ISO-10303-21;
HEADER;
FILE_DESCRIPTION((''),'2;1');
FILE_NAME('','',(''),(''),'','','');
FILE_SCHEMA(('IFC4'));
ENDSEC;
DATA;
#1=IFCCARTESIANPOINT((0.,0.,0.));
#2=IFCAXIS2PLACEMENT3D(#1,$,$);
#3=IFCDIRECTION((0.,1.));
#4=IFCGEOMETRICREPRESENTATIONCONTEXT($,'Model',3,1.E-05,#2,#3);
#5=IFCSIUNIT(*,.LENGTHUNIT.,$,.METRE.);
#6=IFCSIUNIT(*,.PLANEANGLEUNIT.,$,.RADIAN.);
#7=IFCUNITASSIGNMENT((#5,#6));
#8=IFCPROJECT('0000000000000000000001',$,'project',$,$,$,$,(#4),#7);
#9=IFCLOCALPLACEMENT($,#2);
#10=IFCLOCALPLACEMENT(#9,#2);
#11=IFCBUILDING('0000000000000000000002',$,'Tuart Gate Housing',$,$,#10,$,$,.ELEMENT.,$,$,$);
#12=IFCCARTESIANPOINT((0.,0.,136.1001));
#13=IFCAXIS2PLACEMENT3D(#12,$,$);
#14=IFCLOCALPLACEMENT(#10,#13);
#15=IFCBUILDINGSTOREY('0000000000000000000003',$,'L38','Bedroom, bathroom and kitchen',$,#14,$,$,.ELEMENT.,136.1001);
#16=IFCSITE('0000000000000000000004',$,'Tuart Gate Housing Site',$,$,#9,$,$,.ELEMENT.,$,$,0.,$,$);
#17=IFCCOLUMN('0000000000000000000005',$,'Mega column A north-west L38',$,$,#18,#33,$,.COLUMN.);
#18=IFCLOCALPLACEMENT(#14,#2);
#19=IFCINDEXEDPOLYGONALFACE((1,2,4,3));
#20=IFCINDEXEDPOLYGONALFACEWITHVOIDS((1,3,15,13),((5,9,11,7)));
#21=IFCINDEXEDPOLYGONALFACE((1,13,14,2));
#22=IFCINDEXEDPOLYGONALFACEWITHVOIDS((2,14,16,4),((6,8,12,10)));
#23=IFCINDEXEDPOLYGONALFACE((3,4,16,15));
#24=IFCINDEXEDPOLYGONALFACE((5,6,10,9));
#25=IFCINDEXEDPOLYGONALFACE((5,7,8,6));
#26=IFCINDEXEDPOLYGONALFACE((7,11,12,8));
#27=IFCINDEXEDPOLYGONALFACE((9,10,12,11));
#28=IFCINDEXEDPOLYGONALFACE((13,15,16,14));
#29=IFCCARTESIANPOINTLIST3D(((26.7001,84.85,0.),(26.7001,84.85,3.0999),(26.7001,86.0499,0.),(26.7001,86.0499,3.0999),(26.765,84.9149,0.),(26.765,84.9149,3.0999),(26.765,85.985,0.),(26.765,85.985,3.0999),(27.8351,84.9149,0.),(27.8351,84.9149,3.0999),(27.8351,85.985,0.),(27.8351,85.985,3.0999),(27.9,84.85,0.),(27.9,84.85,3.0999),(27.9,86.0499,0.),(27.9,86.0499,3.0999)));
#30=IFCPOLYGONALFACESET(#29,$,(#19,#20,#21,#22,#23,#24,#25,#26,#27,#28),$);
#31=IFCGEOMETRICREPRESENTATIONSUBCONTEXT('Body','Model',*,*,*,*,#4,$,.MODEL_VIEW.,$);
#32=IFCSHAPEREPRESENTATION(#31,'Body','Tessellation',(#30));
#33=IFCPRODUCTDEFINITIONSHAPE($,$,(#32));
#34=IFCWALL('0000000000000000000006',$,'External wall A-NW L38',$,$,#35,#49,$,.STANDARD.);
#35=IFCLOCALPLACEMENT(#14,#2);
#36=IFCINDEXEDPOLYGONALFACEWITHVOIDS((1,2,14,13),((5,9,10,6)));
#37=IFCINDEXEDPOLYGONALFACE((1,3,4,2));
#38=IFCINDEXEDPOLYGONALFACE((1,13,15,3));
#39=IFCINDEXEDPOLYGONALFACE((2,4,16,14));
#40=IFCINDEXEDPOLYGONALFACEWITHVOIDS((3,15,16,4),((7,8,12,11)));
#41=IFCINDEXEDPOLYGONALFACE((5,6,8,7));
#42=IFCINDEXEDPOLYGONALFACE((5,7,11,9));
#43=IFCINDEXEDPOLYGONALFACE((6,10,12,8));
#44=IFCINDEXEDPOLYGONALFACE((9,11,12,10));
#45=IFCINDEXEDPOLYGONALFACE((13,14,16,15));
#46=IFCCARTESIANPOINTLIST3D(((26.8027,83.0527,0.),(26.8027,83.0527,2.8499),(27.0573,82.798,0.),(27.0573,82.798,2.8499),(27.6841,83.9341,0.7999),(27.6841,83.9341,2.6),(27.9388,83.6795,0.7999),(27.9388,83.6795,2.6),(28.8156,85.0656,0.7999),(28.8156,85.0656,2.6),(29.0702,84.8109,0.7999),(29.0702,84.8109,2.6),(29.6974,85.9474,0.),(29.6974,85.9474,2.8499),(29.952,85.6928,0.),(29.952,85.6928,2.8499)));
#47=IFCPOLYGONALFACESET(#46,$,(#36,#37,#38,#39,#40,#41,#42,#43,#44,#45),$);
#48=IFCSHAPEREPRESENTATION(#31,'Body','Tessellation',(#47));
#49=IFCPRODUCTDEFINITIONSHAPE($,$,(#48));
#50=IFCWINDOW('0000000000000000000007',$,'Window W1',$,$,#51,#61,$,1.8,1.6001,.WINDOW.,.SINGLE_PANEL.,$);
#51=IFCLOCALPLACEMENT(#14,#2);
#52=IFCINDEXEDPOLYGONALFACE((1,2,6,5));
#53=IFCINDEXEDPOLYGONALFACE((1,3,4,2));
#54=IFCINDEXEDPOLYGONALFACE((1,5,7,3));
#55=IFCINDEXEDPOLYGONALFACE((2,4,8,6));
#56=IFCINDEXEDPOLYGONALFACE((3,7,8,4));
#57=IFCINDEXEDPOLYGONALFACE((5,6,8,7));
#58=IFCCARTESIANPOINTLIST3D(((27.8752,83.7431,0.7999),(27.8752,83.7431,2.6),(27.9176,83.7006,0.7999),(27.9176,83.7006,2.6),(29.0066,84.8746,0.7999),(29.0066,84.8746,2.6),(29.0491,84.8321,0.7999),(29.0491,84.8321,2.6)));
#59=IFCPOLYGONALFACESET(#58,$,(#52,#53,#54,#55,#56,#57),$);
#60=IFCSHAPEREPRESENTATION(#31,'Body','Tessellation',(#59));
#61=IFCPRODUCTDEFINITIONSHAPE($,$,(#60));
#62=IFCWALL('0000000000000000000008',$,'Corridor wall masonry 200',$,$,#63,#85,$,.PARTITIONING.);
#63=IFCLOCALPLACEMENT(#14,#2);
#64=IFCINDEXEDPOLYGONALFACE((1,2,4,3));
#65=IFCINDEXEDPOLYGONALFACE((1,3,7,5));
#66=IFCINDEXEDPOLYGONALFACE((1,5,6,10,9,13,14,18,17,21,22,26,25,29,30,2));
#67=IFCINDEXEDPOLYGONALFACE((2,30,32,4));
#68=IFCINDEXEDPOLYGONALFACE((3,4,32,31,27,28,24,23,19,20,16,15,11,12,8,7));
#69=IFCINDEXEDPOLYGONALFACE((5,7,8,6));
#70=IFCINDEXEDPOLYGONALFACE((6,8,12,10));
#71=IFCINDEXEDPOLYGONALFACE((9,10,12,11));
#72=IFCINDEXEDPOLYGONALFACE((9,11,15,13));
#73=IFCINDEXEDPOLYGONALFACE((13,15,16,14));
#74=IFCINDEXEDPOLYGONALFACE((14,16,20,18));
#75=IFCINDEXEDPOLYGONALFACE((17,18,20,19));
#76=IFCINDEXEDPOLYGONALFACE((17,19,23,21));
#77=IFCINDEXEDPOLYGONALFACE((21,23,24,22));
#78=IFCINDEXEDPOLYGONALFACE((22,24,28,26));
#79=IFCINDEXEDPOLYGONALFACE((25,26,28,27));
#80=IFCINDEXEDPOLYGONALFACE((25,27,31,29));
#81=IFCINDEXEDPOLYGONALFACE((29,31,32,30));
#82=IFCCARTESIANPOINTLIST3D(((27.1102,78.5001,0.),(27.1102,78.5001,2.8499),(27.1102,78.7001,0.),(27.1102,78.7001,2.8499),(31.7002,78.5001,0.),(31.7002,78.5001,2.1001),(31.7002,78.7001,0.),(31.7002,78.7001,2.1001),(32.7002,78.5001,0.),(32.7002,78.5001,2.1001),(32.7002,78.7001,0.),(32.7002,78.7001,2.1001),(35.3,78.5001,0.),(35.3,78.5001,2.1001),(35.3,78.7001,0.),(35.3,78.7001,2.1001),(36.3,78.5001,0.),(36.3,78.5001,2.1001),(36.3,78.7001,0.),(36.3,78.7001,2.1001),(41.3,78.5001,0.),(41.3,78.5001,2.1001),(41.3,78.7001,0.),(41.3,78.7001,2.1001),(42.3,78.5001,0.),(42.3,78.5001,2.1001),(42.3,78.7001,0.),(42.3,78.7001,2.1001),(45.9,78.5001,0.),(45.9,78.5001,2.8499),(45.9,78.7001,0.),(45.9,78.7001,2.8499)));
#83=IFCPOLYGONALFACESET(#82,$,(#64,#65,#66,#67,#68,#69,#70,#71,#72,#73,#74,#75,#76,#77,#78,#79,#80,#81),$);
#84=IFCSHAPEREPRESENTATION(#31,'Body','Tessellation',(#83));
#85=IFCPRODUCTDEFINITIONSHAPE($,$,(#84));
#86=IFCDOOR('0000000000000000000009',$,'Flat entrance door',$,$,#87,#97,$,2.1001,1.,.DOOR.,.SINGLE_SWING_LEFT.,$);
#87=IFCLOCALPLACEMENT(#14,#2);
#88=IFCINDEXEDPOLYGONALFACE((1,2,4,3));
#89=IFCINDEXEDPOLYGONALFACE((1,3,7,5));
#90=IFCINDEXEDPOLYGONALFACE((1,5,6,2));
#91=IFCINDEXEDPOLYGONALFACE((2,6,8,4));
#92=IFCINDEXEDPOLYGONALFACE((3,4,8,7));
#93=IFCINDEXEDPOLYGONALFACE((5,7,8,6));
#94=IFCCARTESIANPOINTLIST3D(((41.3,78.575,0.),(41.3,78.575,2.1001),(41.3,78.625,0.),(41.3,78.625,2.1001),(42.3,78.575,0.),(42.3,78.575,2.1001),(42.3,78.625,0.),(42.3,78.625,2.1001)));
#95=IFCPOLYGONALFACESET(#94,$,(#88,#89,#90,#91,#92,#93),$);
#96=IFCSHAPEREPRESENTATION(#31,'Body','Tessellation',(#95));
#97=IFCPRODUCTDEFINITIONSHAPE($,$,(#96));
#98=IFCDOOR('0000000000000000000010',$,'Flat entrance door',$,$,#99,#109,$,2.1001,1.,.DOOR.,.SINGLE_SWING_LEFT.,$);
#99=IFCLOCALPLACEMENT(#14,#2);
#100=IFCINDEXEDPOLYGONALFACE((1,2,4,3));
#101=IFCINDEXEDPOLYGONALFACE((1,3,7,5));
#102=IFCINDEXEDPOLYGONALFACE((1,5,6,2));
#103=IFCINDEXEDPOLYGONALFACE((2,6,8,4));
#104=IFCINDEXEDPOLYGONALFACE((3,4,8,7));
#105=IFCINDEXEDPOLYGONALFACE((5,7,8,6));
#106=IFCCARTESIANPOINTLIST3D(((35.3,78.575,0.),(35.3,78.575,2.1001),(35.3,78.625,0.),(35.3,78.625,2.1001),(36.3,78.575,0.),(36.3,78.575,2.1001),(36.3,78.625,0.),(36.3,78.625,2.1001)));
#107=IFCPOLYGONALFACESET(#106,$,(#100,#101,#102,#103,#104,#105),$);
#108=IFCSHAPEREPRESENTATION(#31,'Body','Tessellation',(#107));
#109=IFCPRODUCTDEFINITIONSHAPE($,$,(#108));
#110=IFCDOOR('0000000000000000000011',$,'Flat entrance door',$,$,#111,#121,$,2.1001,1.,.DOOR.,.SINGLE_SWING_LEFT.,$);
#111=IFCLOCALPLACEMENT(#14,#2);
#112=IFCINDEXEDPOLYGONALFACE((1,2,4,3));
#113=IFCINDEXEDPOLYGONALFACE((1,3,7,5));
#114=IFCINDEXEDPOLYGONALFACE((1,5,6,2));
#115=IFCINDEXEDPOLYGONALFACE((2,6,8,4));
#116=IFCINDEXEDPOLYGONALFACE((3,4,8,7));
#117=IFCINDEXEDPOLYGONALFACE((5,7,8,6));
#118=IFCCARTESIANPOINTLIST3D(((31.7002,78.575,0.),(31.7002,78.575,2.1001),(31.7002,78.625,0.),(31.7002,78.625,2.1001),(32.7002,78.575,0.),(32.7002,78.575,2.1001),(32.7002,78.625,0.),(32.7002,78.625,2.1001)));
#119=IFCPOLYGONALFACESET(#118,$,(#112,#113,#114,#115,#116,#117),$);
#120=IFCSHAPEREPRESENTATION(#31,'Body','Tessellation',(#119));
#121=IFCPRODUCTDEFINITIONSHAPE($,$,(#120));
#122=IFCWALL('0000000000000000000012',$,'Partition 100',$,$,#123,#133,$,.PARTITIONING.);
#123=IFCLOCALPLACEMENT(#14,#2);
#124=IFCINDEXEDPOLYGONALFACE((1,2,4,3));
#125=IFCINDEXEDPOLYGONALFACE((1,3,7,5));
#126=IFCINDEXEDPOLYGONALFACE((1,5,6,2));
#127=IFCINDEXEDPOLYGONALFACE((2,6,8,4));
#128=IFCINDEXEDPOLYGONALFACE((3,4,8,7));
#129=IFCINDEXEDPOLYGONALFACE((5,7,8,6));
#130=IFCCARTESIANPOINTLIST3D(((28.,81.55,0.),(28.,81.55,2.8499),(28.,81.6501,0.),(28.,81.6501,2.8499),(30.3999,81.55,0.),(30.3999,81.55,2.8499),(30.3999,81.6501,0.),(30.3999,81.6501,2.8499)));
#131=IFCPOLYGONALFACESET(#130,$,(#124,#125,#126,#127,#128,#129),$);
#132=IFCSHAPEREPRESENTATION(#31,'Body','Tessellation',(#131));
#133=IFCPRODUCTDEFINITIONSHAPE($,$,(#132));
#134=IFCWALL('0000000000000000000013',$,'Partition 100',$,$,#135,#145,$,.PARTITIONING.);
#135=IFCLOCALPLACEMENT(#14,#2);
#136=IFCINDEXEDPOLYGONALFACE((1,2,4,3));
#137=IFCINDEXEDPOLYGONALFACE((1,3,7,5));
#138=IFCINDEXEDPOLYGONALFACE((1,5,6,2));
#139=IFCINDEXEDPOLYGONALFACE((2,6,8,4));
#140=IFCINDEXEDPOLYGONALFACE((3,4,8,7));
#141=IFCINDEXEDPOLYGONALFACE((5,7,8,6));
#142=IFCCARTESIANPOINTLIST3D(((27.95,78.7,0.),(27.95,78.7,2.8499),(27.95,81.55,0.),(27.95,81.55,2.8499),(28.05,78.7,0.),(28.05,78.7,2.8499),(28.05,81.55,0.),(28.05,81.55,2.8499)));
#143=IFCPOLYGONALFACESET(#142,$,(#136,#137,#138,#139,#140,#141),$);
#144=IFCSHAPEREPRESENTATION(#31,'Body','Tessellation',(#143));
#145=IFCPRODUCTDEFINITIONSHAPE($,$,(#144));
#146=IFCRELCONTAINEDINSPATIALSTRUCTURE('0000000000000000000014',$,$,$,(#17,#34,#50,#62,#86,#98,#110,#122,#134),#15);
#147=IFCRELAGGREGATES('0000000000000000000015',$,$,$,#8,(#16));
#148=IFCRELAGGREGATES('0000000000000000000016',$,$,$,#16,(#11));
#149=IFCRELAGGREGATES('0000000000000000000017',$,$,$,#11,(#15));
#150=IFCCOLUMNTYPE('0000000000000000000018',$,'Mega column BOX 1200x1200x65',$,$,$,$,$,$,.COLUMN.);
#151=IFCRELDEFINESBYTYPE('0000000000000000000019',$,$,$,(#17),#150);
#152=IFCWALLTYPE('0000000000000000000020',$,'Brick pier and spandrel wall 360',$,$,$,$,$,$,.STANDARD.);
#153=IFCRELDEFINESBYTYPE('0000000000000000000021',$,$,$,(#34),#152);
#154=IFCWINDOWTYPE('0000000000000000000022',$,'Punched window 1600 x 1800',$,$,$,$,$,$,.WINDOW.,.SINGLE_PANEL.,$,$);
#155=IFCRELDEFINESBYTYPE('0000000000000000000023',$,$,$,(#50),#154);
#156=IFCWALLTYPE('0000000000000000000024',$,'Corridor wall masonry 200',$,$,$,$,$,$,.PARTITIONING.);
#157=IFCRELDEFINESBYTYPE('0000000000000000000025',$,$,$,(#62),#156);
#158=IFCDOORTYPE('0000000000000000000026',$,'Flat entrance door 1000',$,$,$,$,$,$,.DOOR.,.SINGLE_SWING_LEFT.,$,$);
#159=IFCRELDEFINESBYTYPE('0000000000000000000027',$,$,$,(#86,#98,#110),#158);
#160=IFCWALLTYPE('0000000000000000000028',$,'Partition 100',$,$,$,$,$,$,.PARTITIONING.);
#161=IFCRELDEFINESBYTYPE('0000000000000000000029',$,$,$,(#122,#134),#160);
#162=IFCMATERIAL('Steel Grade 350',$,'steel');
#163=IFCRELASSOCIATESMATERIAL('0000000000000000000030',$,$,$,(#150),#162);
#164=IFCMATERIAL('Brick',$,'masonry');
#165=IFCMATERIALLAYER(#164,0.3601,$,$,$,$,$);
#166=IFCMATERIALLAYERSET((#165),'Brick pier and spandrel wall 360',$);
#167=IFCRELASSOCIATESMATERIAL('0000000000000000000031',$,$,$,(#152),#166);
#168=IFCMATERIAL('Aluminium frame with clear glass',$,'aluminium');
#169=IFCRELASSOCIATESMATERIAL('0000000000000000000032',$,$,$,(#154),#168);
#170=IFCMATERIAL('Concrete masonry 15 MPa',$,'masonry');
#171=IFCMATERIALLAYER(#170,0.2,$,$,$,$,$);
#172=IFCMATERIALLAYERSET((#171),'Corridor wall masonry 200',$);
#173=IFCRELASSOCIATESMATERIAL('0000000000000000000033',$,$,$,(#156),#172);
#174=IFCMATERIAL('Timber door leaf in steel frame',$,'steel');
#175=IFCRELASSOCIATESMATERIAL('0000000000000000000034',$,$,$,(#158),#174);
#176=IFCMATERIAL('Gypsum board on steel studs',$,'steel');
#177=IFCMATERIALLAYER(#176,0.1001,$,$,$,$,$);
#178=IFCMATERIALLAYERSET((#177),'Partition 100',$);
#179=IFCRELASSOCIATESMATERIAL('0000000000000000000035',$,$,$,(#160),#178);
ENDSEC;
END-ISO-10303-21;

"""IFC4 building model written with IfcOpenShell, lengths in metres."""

from ifc_helpers import new_model, si_unit, direction, frame, frame_2d, origin, origin_2d, place, context, subcontext, project, spatial, rectangle, hollow_rectangle, extrude, material, layer, layer_set, material_profile, profile_set, type_object, element, fill, save


model = new_model("IFC4")

# Units and contexts
model_context = context("Model", 3, precision=1e-05, world=origin(), true_north=direction((0.0, 1.0)))
body_context = subcontext(model_context, "Body", "Model", "MODEL_VIEW")
ifc_project = project(units=[si_unit("LENGTHUNIT", "METRE"), si_unit("PLANEANGLEUNIT", "RADIAN")], contexts=[model_context])

# Site, building, storey
site_placement = place(None, origin())
site = spatial("IfcSite", under=ifc_project, at=site_placement, Name="Tuart Gate Housing Site", CompositionType="ELEMENT", RefElevation=0.0)
building_placement = place(site_placement, origin())
building = spatial("IfcBuilding", under=site, at=building_placement, Name="Tuart Gate Housing", CompositionType="ELEMENT")
storey_placement = place(building_placement, frame((0.0, 0.0, 136.1001)))
storey = spatial("IfcBuildingStorey", under=building, at=storey_placement, Name="L38", Description="Bedroom, bathroom and kitchen", CompositionType="ELEMENT", Elevation=136.1001)

# Column
ifc_material_1 = material(Name="Steel Grade 350", Category="steel")
ifc_material_profile = material_profile(ifc_material_1, hollow_rectangle(XDim=1.2, YDim=1.2, WallThickness=0.0649, at=origin_2d()), Name="BOX 1200x1200x65")
ifc_profile_set = profile_set([ifc_material_profile], Name="Steel Grade 350")
column_type = type_object("IfcColumnType", Name="Mega column BOX 1200x1200x65", PredefinedType="COLUMN", material=ifc_profile_set)
column_placement = place(storey_placement, frame((27.3, 85.45, 0.0), z_axis=(0.0, 0.0, 1.0), x_axis=(1.0, 0.0, 0.0)))
element("IfcColumn", 1, at=column_placement, inside=storey, type_object=column_type, Name="Mega column A north-west L38", PredefinedType="COLUMN", context=body_context, shape_type="SweptSolid", body=[
    extrude(hollow_rectangle(XDim=1.2, YDim=1.2, WallThickness=0.0649, at=origin_2d()), origin(), (0.0, 0.0, 1.0), 3.0999),
])

# Wall, opening, window
ifc_material_2 = material(Name="Brick", Category="masonry")
ifc_layer_1 = layer(ifc_material_2, 0.3601)
ifc_layer_set_1 = layer_set([ifc_layer_1], Name="Brick pier and spandrel wall 360")
wall_type_1 = type_object("IfcWallType", Name="Brick pier and spandrel wall 360", PredefinedType="STANDARD", material=ifc_layer_set_1)
wall_1_placement = place(storey_placement, frame((29.8247, 85.8201, 0.0), z_axis=(0.0, 0.0, 1.0), x_axis=(-0.707107, -0.707107, 0.0)))
wall_1 = element("IfcWall", 2, at=wall_1_placement, inside=storey, type_object=wall_type_1, Name="External wall A-NW L38", PredefinedType="STANDARD", context=body_context, shape_type="SweptSolid", body=[
    extrude(rectangle(XDim=4.0938, YDim=0.3601, at=frame_2d((2.0469, 0.0))), origin(), (0.0, 0.0, 1.0), 2.8499),
])
opening_1_placement = place(wall_1_placement, frame((1.2471, 0.0, 0.8)))
opening_1 = element("IfcOpeningElement", 3, at=opening_1_placement, cuts=wall_1, PredefinedType="OPENING", context=body_context, shape_type="SweptSolid", body=[
    extrude(rectangle(XDim=1.6001, YDim=1.8, at=frame_2d((0.8, 0.8999))), frame((0.0, 0.1899, 0.0), z_axis=(0.0, -1.0, 0.0), x_axis=(1.0, 0.0, 0.0)), (0.0, 0.0, 1.0), 0.3801),
])
ifc_material_3 = material(Name="Aluminium frame with clear glass", Category="aluminium")
window_type_1 = type_object("IfcWindowType", Name="Punched window 1600 x 1800", PartitioningType="SINGLE_PANEL", PredefinedType="WINDOW", material=ifc_material_3)
window_1_placement = place(opening_1_placement, origin())
window_1 = element("IfcWindow", 4, at=window_1_placement, inside=storey, type_object=window_type_1, Name="Window W1", OverallHeight=1.8, OverallWidth=1.6001, PartitioningType="SINGLE_PANEL", PredefinedType="WINDOW", context=body_context, shape_type="SweptSolid", body=[
    extrude(rectangle(XDim=1.6001, YDim=1.8, at=frame_2d((0.8, 0.8999))), frame((0.0, 0.1501, 0.0), z_axis=(0.0, -1.0, 0.0), x_axis=(1.0, 0.0, 0.0)), (0.0, 0.0, 1.0), 0.0601),
])
fill(opening_1, window_1)

# Wall, openings, doors
ifc_material_4 = material(Name="Concrete masonry 15 MPa", Category="masonry")
ifc_layer_2 = layer(ifc_material_4, 0.2)
ifc_layer_set_2 = layer_set([ifc_layer_2], Name="Corridor wall masonry 200")
wall_type_2 = type_object("IfcWallType", Name="Corridor wall masonry 200", PredefinedType="PARTITIONING", material=ifc_layer_set_2)
wall_2_placement = place(storey_placement, frame((27.1101, 78.6001, 0.0), z_axis=(0.0, 0.0, 1.0), x_axis=(1.0, 0.0, 0.0)))
wall_2 = element("IfcWall", 5, at=wall_2_placement, inside=storey, type_object=wall_type_2, Name="Corridor wall masonry 200", PredefinedType="PARTITIONING", context=body_context, shape_type="SweptSolid", body=[
    extrude(rectangle(XDim=18.7898, YDim=0.2, at=frame_2d((9.395, 0.0))), origin(), (0.0, 0.0, 1.0), 2.8499),
])
opening_2_placement = place(wall_2_placement, frame((14.1899, 0.0, 0.0)))
opening_2 = element("IfcOpeningElement", 6, at=opening_2_placement, cuts=wall_2, PredefinedType="OPENING", context=body_context, shape_type="SweptSolid", body=[
    extrude(rectangle(XDim=1.0, YDim=2.1001, at=frame_2d((0.5, 1.05))), frame((0.0, 0.1099, 0.0), z_axis=(0.0, -1.0, 0.0), x_axis=(1.0, 0.0, 0.0)), (0.0, 0.0, 1.0), 0.22),
])
opening_3_placement = place(wall_2_placement, frame((8.1899, 0.0, 0.0)))
opening_3 = element("IfcOpeningElement", 7, at=opening_3_placement, cuts=wall_2, PredefinedType="OPENING", context=body_context, shape_type="SweptSolid", body=[
    extrude(rectangle(XDim=1.0, YDim=2.1001, at=frame_2d((0.5, 1.05))), frame((0.0, 0.1099, 0.0), z_axis=(0.0, -1.0, 0.0), x_axis=(1.0, 0.0, 0.0)), (0.0, 0.0, 1.0), 0.22),
])
opening_4_placement = place(wall_2_placement, frame((4.5901, 0.0, 0.0)))
opening_4 = element("IfcOpeningElement", 8, at=opening_4_placement, cuts=wall_2, PredefinedType="OPENING", context=body_context, shape_type="SweptSolid", body=[
    extrude(rectangle(XDim=1.0, YDim=2.1001, at=frame_2d((0.5, 1.05))), frame((0.0, 0.1099, 0.0), z_axis=(0.0, -1.0, 0.0), x_axis=(1.0, 0.0, 0.0)), (0.0, 0.0, 1.0), 0.22),
])
ifc_material_5 = material(Name="Timber door leaf in steel frame", Category="steel")
door_type_1 = type_object("IfcDoorType", Name="Flat entrance door 1000", OperationType="SINGLE_SWING_LEFT", PredefinedType="DOOR", material=ifc_material_5)
door_1_placement = place(opening_2_placement, origin())
door_1 = element("IfcDoor", 9, at=door_1_placement, inside=storey, type_object=door_type_1, Name="Flat entrance door", OperationType="SINGLE_SWING_LEFT", OverallHeight=2.1001, OverallWidth=1.0, PredefinedType="DOOR", context=body_context, shape_type="SweptSolid", body=[
    extrude(rectangle(XDim=1.0, YDim=2.1001, at=frame_2d((0.5, 1.05))), frame((0.0, 0.0249, 0.0), z_axis=(0.0, -1.0, 0.0), x_axis=(1.0, 0.0, 0.0)), (0.0, 0.0, 1.0), 0.05),
])
fill(opening_2, door_1)
door_2_placement = place(opening_3_placement, origin())
door_2 = element("IfcDoor", 10, at=door_2_placement, inside=storey, type_object=door_type_1, Name="Flat entrance door", OperationType="SINGLE_SWING_LEFT", OverallHeight=2.1001, OverallWidth=1.0, PredefinedType="DOOR", context=body_context, shape_type="SweptSolid", body=[
    extrude(rectangle(XDim=1.0, YDim=2.1001, at=frame_2d((0.5, 1.05))), frame((0.0, 0.0249, 0.0), z_axis=(0.0, -1.0, 0.0), x_axis=(1.0, 0.0, 0.0)), (0.0, 0.0, 1.0), 0.05),
])
fill(opening_3, door_2)
door_3_placement = place(opening_4_placement, origin())
door_3 = element("IfcDoor", 11, at=door_3_placement, inside=storey, type_object=door_type_1, Name="Flat entrance door", OperationType="SINGLE_SWING_LEFT", OverallHeight=2.1001, OverallWidth=1.0, PredefinedType="DOOR", context=body_context, shape_type="SweptSolid", body=[
    extrude(rectangle(XDim=1.0, YDim=2.1001, at=frame_2d((0.5, 1.05))), frame((0.0, 0.0249, 0.0), z_axis=(0.0, -1.0, 0.0), x_axis=(1.0, 0.0, 0.0)), (0.0, 0.0, 1.0), 0.05),
])
fill(opening_4, door_3)

# Walls
ifc_material_6 = material(Name="Gypsum board on steel studs", Category="steel")
ifc_layer_3 = layer(ifc_material_6, 0.1001)
ifc_layer_set_3 = layer_set([ifc_layer_3], Name="Partition 100")
wall_type_3 = type_object("IfcWallType", Name="Partition 100", PredefinedType="PARTITIONING", material=ifc_layer_set_3)
wall_3_placement = place(storey_placement, frame((28.0, 81.6001, 0.0), z_axis=(0.0, 0.0, 1.0), x_axis=(1.0, 0.0, 0.0)))
element("IfcWall", 12, at=wall_3_placement, inside=storey, type_object=wall_type_3, Name="Partition 100", PredefinedType="PARTITIONING", context=body_context, shape_type="SweptSolid", body=[
    extrude(rectangle(XDim=2.3999, YDim=0.1001, at=frame_2d((1.2, 0.0))), origin(), (0.0, 0.0, 1.0), 2.8499),
])
wall_4_placement = place(storey_placement, frame((28.0, 78.7, 0.0), z_axis=(0.0, 0.0, 1.0), x_axis=(0.0, 1.0, 0.0)))
element("IfcWall", 13, at=wall_4_placement, inside=storey, type_object=wall_type_3, Name="Partition 100", PredefinedType="PARTITIONING", context=body_context, shape_type="SweptSolid", body=[
    extrude(rectangle(XDim=2.8501, YDim=0.1001, at=frame_2d((1.425, 0.0))), origin(), (0.0, 0.0, 1.0), 2.8499),
])

save(model, "model.ifc")
